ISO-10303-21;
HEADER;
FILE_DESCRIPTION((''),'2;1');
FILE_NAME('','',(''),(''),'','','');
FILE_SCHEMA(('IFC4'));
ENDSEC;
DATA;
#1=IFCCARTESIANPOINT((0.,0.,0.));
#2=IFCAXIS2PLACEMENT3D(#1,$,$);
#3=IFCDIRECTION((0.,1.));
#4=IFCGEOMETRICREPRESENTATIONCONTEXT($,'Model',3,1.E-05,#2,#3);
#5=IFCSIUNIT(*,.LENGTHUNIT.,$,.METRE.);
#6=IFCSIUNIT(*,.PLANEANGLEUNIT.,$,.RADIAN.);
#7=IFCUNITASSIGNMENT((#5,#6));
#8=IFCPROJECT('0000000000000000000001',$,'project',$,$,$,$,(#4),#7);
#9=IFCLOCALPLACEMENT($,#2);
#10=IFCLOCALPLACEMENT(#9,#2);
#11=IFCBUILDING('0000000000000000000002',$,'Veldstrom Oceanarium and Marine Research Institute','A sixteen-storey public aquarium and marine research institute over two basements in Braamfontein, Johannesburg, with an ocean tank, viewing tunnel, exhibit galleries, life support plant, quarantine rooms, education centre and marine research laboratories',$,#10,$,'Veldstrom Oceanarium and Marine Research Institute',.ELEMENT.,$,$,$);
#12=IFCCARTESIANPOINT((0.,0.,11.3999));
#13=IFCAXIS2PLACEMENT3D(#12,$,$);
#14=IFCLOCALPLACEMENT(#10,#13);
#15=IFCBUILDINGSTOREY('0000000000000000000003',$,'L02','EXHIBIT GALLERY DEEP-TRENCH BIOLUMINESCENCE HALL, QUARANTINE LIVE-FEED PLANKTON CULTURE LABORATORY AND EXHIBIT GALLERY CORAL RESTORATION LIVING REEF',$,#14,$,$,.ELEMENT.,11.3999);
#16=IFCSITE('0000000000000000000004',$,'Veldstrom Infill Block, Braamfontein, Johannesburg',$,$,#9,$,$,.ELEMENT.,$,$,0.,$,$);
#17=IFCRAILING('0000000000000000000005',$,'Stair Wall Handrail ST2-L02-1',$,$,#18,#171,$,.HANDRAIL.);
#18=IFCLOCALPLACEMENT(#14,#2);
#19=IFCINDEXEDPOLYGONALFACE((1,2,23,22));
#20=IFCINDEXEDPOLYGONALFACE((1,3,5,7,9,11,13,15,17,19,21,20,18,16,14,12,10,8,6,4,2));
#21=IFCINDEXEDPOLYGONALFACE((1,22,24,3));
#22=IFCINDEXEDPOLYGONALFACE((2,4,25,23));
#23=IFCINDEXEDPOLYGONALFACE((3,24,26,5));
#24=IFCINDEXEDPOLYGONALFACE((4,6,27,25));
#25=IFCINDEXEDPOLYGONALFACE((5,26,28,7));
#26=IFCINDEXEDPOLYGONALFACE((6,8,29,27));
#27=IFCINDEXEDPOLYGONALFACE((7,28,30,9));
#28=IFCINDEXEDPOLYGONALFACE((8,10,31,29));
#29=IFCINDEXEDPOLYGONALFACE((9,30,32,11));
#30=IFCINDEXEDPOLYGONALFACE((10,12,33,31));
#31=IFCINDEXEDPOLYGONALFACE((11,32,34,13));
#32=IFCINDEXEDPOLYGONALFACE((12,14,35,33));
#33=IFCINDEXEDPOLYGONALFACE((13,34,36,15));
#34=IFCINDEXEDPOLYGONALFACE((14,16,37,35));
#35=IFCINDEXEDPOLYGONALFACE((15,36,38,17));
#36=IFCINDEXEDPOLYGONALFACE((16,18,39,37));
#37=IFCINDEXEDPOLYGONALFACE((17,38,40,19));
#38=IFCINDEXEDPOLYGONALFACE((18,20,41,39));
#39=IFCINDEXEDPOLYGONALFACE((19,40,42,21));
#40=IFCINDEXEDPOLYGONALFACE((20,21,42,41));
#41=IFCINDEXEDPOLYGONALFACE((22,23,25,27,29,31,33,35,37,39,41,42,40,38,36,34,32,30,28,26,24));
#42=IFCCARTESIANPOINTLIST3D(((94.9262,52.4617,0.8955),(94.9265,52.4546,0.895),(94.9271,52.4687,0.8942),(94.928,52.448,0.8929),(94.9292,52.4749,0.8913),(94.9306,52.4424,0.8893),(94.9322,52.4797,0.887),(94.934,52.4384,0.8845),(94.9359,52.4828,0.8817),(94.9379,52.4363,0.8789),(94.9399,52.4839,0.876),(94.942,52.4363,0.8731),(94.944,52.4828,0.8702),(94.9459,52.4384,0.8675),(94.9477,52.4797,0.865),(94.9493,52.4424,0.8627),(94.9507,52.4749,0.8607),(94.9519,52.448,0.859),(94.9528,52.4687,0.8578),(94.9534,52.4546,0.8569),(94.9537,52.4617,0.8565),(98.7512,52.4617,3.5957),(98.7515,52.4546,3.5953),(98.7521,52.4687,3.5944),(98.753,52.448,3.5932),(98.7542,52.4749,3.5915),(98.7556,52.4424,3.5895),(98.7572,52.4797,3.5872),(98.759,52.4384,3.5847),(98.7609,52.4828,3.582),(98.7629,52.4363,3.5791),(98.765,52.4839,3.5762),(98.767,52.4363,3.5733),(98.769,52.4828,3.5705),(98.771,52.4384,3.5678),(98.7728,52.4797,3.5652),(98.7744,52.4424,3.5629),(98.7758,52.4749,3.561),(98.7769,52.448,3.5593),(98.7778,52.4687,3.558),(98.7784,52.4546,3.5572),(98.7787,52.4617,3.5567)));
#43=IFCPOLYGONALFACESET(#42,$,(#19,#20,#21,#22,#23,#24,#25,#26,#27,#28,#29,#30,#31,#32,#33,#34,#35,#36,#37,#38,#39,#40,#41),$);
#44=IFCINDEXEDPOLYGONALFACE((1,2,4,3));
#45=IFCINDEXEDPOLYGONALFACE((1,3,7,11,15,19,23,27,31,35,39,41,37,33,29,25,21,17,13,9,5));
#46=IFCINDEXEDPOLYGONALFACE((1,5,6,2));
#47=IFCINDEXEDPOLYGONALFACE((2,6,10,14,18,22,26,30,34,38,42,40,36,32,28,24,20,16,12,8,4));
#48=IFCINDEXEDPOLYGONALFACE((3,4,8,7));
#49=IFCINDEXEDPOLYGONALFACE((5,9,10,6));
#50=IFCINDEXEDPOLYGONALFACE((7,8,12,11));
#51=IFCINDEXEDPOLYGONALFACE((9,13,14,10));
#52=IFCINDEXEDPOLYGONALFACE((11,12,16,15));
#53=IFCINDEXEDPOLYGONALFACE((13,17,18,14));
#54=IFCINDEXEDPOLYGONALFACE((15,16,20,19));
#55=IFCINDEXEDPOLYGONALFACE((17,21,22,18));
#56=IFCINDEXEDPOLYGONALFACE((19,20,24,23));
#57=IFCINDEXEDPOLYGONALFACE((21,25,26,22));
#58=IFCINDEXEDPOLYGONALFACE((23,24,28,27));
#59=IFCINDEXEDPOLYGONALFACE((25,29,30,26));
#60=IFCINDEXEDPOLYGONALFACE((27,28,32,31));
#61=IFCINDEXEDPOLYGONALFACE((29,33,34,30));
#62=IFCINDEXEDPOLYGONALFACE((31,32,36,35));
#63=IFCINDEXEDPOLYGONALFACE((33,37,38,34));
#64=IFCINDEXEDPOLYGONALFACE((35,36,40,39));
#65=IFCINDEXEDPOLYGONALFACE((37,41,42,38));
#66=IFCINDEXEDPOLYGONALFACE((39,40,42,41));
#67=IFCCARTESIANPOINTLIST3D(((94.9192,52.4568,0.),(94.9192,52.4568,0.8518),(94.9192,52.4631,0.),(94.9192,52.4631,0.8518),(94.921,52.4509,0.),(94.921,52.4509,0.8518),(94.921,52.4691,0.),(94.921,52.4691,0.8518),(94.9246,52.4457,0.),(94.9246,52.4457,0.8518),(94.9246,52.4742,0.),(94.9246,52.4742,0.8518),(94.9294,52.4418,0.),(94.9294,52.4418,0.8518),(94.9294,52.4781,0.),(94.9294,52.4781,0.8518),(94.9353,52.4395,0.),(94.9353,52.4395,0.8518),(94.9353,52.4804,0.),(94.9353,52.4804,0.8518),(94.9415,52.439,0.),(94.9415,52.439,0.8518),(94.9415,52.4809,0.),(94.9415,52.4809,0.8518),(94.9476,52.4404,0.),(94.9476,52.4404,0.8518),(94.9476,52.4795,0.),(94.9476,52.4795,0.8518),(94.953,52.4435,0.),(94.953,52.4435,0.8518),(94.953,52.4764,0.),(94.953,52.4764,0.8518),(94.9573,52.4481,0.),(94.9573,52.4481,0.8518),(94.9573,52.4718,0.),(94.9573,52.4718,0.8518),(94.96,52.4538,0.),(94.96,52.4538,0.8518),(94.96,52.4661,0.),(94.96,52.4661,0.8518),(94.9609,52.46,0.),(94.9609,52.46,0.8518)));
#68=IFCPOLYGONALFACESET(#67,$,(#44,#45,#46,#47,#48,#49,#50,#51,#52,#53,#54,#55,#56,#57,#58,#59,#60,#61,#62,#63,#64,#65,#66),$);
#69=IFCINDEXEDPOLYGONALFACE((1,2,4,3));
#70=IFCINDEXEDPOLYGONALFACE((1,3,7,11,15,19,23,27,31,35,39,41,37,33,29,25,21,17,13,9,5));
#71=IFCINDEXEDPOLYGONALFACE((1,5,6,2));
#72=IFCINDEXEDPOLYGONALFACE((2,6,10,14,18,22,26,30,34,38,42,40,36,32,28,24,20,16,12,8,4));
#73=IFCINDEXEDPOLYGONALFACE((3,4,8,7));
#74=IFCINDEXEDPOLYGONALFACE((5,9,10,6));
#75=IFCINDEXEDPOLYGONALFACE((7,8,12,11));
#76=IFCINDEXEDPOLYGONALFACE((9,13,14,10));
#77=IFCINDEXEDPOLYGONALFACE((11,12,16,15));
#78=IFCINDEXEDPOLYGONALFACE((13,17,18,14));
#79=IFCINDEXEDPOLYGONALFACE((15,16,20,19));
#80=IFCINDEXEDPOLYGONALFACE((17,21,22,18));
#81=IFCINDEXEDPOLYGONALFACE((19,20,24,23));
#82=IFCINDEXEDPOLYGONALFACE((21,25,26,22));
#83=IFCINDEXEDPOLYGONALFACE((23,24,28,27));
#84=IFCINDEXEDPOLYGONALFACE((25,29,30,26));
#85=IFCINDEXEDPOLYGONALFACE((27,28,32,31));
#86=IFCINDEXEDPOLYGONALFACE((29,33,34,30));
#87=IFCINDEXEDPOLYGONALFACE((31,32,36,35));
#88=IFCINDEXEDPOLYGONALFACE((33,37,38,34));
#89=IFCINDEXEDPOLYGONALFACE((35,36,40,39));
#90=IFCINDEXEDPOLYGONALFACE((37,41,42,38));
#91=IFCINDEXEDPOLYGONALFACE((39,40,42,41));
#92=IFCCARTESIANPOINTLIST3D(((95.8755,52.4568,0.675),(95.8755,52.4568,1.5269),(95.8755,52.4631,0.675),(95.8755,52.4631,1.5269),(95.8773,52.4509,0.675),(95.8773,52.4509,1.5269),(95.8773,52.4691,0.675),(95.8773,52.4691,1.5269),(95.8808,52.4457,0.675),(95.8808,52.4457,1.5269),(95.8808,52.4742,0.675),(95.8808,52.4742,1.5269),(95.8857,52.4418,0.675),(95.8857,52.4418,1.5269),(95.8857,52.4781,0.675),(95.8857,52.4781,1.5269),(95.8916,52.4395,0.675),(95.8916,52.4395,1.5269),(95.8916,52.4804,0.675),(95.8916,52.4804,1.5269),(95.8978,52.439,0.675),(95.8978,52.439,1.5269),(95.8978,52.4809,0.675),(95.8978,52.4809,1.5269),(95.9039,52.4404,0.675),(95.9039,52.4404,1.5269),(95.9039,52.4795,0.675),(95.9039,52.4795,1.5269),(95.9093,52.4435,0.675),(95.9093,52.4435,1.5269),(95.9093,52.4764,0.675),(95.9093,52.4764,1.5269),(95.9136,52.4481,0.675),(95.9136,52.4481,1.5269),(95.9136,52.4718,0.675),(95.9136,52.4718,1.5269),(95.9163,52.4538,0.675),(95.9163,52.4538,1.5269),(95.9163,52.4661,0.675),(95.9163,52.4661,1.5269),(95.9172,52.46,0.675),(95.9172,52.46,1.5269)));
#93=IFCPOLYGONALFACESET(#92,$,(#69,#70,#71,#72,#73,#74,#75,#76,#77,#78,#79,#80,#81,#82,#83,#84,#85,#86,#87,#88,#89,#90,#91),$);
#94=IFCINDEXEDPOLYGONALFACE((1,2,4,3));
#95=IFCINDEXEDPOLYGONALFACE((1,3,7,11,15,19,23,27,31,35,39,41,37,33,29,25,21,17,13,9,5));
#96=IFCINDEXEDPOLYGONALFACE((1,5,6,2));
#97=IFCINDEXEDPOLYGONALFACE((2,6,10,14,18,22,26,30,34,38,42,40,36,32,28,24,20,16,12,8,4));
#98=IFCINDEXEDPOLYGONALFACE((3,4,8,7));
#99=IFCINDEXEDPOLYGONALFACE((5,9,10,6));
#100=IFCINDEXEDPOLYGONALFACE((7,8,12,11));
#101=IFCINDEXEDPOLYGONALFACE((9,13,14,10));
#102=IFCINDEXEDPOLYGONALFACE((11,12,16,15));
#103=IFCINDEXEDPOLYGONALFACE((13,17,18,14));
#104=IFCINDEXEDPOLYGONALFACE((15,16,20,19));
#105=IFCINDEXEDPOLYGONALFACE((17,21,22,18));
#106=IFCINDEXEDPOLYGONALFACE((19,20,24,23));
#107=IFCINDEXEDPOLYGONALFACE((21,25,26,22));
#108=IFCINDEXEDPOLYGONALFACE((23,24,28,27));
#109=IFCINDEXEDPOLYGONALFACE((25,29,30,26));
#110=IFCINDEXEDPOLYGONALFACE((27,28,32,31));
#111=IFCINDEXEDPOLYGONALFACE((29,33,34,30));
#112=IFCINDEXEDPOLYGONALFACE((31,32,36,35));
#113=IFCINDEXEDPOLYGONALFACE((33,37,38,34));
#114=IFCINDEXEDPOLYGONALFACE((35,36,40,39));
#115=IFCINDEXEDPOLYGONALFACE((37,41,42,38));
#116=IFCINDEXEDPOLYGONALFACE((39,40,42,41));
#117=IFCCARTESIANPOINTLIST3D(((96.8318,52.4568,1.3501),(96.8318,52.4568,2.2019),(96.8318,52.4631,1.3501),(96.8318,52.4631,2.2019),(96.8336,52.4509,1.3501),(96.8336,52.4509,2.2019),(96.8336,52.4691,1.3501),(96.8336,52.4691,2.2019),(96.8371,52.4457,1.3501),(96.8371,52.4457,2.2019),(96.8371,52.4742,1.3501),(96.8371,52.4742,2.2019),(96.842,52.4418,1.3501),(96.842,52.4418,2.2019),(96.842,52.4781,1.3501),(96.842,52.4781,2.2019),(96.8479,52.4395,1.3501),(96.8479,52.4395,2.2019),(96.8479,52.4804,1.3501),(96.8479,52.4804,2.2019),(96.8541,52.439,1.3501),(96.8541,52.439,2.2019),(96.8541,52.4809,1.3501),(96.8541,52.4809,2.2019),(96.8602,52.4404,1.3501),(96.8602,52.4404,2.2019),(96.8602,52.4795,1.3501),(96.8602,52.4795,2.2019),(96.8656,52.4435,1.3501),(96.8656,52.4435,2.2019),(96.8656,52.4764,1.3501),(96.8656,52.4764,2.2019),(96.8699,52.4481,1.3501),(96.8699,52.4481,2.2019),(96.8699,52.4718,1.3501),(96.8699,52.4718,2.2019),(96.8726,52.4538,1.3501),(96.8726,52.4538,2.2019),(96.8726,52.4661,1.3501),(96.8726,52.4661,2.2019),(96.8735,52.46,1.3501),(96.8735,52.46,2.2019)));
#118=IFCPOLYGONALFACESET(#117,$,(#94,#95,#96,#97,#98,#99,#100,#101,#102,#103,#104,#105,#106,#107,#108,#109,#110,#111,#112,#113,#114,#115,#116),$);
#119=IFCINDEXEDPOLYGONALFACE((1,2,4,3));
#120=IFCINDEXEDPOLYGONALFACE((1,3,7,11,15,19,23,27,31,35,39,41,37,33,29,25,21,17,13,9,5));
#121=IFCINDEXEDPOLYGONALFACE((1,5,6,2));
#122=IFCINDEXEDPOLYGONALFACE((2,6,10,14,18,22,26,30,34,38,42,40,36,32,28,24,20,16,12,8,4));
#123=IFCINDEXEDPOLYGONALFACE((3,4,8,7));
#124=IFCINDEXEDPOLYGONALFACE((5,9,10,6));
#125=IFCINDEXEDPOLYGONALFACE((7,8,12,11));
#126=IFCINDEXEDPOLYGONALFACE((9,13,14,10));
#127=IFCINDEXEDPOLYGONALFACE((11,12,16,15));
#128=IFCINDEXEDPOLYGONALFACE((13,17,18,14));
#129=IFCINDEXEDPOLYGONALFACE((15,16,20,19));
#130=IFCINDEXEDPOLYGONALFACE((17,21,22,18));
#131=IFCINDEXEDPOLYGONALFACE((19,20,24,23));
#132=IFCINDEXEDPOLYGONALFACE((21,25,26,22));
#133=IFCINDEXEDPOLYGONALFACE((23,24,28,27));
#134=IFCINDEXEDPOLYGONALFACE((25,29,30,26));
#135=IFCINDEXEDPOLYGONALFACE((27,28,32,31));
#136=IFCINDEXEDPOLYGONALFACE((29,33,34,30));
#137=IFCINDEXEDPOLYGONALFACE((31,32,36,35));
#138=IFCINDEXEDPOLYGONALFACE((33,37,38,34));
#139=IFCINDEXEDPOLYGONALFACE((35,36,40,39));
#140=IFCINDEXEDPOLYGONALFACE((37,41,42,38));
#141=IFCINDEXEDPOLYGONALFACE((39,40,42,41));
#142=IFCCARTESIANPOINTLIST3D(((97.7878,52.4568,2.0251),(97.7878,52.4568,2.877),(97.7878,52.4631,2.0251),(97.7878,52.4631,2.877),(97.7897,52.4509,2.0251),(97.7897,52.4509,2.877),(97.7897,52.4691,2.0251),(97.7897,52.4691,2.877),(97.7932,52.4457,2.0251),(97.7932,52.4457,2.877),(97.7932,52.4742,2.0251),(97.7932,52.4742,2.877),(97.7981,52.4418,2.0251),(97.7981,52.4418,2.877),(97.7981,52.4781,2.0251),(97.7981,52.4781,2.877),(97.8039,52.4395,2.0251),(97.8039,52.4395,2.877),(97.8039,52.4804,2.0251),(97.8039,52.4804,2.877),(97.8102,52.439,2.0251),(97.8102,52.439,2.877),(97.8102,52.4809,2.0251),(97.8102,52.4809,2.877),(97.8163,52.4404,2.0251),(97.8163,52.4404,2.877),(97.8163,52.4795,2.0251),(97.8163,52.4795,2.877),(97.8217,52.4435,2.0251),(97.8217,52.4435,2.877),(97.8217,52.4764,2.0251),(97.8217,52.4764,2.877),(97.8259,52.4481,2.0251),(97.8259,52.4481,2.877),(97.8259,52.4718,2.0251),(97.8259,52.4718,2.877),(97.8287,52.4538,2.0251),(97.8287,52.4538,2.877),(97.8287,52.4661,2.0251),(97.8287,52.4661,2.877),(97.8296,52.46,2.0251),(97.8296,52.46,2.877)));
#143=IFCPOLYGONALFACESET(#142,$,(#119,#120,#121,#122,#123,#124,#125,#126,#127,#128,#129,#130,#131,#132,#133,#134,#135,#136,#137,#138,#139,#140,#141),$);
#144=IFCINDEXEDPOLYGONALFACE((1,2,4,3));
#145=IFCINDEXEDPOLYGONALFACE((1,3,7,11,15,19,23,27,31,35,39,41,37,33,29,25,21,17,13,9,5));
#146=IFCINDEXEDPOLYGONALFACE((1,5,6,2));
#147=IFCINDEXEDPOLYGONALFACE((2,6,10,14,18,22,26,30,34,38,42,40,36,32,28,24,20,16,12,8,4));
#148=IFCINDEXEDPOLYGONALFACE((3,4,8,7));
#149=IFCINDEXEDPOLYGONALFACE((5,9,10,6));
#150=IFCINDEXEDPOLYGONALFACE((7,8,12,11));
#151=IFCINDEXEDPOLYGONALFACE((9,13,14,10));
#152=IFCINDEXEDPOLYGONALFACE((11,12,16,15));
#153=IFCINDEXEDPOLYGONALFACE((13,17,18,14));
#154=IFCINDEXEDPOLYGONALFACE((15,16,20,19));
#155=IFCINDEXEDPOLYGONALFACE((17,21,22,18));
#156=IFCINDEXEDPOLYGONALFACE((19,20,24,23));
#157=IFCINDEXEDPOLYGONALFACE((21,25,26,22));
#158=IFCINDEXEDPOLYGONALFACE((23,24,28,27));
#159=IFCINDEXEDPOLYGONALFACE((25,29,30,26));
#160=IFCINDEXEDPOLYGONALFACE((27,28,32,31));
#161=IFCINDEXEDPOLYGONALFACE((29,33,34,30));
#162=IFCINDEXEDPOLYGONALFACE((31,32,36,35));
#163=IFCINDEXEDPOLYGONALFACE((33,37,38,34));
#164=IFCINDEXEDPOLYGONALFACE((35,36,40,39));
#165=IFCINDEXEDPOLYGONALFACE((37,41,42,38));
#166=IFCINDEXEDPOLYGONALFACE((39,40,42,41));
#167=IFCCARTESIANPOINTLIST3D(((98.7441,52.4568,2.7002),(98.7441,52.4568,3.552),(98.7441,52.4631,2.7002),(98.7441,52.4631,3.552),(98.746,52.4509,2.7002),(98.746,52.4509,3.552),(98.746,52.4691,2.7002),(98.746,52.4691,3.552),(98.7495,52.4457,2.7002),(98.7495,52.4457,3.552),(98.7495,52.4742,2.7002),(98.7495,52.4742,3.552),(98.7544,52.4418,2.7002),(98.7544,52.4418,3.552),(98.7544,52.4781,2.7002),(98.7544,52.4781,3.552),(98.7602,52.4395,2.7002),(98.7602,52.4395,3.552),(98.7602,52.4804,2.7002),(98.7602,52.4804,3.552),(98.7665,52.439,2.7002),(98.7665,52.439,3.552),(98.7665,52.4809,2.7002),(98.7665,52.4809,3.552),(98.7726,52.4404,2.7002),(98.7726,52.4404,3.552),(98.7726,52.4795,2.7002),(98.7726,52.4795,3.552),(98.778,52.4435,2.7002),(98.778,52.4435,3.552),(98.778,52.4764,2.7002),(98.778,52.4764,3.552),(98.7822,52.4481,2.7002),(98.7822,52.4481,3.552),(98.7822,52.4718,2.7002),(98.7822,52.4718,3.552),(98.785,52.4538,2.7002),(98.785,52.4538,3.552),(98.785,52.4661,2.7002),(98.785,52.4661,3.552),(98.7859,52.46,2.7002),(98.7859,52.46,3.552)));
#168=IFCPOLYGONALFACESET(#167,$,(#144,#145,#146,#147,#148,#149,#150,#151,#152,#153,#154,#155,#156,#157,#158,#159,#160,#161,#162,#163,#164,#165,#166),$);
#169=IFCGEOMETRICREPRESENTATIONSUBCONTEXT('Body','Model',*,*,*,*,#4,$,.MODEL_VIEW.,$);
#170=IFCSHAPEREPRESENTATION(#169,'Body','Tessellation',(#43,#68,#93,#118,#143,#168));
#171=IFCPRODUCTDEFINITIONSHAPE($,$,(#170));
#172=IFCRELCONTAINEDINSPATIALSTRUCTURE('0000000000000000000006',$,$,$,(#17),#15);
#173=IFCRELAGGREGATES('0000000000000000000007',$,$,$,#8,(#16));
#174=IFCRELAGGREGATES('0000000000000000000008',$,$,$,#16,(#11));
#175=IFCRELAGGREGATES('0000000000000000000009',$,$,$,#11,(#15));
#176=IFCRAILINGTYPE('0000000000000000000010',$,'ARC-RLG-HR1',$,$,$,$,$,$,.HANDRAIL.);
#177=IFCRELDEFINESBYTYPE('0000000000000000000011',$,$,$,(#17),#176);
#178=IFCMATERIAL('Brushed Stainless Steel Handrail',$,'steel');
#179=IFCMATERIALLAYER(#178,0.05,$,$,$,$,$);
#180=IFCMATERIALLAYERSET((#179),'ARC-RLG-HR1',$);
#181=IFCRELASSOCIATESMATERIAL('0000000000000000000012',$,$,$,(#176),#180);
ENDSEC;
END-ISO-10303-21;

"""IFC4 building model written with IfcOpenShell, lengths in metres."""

from ifc_helpers import new_model, si_unit, direction, frame, origin, origin_2d, place, context, subcontext, project, spatial, circle, extrude, material, layer, layer_set, type_object, element, save


model = new_model("IFC4")

# Units and contexts
model_context = context("Model", 3, precision=1e-05, world=origin(), true_north=direction((0.0, 1.0)))
body_context = subcontext(model_context, "Body", "Model", "MODEL_VIEW")
ifc_project = project(units=[si_unit("LENGTHUNIT", "METRE"), si_unit("PLANEANGLEUNIT", "RADIAN")], contexts=[model_context])

# Site, building, storey
site_placement = place(None, origin())
site = spatial("IfcSite", under=ifc_project, at=site_placement, Name="Veldstrom Infill Block, Braamfontein, Johannesburg", CompositionType="ELEMENT", RefElevation=0.0)
building_placement = place(site_placement, origin())
building = spatial("IfcBuilding", under=site, at=building_placement, Name="Veldstrom Oceanarium and Marine Research Institute", Description="A sixteen-storey public aquarium and marine research institute over two basements in Braamfontein, Johannesburg, with an ocean tank, viewing tunnel, exhibit galleries, life support plant, quarantine rooms, education centre and marine research laboratories", LongName="Veldstrom Oceanarium and Marine Research Institute", CompositionType="ELEMENT")
storey_placement = place(building_placement, frame((0.0, 0.0, 11.3999)))
storey = spatial("IfcBuildingStorey", under=building, at=storey_placement, Name="L02", Description="EXHIBIT GALLERY DEEP-TRENCH BIOLUMINESCENCE HALL, QUARANTINE LIVE-FEED PLANKTON CULTURE LABORATORY AND EXHIBIT GALLERY CORAL RESTORATION LIVING REEF", CompositionType="ELEMENT", Elevation=11.3999)

# Railing
ifc_material_1 = material(Name="Brushed Stainless Steel Handrail", Category="steel")
ifc_layer_1 = layer(ifc_material_1, 0.05)
ifc_layer_set_1 = layer_set([ifc_layer_1], Name="ARC-RLG-HR1")
railing_type_1 = type_object("IfcRailingType", Name="ARC-RLG-HR1", PredefinedType="HANDRAIL", material=ifc_layer_set_1)
railing_1_placement = place(storey_placement, frame((94.9399, 52.46, 0.0)))
element("IfcRailing", 1, at=railing_1_placement, inside=storey, type_object=railing_type_1, Name="Stair Wall Handrail ST2-L02-1", PredefinedType="HANDRAIL", context=body_context, shape_type="SweptSolid", body=[
    extrude(circle(Radius=0.0239, at=origin_2d()), frame((0.0, 0.0, 0.876), z_axis=(0.816945, 0.0, 0.576716), x_axis=(0.0, 1.0, 0.0)), (0.0, 0.0, 1.0), 4.6821),
    extrude(circle(Radius=0.021, at=origin_2d()), origin(), (0.0, 0.0, 1.0), 0.8518),
    extrude(circle(Radius=0.021, at=origin_2d()), frame((0.9563, 0.0, 0.675)), (0.0, 0.0, 1.0), 0.8518),
    extrude(circle(Radius=0.021, at=origin_2d()), frame((1.9126, 0.0, 1.3501)), (0.0, 0.0, 1.0), 0.8518),
    extrude(circle(Radius=0.021, at=origin_2d()), frame((2.8687, 0.0, 2.0251)), (0.0, 0.0, 1.0), 0.8518),
    extrude(circle(Radius=0.021, at=origin_2d()), frame((3.825, 0.0, 2.7002)), (0.0, 0.0, 1.0), 0.8518),
])

save(model, "model.ifc")
